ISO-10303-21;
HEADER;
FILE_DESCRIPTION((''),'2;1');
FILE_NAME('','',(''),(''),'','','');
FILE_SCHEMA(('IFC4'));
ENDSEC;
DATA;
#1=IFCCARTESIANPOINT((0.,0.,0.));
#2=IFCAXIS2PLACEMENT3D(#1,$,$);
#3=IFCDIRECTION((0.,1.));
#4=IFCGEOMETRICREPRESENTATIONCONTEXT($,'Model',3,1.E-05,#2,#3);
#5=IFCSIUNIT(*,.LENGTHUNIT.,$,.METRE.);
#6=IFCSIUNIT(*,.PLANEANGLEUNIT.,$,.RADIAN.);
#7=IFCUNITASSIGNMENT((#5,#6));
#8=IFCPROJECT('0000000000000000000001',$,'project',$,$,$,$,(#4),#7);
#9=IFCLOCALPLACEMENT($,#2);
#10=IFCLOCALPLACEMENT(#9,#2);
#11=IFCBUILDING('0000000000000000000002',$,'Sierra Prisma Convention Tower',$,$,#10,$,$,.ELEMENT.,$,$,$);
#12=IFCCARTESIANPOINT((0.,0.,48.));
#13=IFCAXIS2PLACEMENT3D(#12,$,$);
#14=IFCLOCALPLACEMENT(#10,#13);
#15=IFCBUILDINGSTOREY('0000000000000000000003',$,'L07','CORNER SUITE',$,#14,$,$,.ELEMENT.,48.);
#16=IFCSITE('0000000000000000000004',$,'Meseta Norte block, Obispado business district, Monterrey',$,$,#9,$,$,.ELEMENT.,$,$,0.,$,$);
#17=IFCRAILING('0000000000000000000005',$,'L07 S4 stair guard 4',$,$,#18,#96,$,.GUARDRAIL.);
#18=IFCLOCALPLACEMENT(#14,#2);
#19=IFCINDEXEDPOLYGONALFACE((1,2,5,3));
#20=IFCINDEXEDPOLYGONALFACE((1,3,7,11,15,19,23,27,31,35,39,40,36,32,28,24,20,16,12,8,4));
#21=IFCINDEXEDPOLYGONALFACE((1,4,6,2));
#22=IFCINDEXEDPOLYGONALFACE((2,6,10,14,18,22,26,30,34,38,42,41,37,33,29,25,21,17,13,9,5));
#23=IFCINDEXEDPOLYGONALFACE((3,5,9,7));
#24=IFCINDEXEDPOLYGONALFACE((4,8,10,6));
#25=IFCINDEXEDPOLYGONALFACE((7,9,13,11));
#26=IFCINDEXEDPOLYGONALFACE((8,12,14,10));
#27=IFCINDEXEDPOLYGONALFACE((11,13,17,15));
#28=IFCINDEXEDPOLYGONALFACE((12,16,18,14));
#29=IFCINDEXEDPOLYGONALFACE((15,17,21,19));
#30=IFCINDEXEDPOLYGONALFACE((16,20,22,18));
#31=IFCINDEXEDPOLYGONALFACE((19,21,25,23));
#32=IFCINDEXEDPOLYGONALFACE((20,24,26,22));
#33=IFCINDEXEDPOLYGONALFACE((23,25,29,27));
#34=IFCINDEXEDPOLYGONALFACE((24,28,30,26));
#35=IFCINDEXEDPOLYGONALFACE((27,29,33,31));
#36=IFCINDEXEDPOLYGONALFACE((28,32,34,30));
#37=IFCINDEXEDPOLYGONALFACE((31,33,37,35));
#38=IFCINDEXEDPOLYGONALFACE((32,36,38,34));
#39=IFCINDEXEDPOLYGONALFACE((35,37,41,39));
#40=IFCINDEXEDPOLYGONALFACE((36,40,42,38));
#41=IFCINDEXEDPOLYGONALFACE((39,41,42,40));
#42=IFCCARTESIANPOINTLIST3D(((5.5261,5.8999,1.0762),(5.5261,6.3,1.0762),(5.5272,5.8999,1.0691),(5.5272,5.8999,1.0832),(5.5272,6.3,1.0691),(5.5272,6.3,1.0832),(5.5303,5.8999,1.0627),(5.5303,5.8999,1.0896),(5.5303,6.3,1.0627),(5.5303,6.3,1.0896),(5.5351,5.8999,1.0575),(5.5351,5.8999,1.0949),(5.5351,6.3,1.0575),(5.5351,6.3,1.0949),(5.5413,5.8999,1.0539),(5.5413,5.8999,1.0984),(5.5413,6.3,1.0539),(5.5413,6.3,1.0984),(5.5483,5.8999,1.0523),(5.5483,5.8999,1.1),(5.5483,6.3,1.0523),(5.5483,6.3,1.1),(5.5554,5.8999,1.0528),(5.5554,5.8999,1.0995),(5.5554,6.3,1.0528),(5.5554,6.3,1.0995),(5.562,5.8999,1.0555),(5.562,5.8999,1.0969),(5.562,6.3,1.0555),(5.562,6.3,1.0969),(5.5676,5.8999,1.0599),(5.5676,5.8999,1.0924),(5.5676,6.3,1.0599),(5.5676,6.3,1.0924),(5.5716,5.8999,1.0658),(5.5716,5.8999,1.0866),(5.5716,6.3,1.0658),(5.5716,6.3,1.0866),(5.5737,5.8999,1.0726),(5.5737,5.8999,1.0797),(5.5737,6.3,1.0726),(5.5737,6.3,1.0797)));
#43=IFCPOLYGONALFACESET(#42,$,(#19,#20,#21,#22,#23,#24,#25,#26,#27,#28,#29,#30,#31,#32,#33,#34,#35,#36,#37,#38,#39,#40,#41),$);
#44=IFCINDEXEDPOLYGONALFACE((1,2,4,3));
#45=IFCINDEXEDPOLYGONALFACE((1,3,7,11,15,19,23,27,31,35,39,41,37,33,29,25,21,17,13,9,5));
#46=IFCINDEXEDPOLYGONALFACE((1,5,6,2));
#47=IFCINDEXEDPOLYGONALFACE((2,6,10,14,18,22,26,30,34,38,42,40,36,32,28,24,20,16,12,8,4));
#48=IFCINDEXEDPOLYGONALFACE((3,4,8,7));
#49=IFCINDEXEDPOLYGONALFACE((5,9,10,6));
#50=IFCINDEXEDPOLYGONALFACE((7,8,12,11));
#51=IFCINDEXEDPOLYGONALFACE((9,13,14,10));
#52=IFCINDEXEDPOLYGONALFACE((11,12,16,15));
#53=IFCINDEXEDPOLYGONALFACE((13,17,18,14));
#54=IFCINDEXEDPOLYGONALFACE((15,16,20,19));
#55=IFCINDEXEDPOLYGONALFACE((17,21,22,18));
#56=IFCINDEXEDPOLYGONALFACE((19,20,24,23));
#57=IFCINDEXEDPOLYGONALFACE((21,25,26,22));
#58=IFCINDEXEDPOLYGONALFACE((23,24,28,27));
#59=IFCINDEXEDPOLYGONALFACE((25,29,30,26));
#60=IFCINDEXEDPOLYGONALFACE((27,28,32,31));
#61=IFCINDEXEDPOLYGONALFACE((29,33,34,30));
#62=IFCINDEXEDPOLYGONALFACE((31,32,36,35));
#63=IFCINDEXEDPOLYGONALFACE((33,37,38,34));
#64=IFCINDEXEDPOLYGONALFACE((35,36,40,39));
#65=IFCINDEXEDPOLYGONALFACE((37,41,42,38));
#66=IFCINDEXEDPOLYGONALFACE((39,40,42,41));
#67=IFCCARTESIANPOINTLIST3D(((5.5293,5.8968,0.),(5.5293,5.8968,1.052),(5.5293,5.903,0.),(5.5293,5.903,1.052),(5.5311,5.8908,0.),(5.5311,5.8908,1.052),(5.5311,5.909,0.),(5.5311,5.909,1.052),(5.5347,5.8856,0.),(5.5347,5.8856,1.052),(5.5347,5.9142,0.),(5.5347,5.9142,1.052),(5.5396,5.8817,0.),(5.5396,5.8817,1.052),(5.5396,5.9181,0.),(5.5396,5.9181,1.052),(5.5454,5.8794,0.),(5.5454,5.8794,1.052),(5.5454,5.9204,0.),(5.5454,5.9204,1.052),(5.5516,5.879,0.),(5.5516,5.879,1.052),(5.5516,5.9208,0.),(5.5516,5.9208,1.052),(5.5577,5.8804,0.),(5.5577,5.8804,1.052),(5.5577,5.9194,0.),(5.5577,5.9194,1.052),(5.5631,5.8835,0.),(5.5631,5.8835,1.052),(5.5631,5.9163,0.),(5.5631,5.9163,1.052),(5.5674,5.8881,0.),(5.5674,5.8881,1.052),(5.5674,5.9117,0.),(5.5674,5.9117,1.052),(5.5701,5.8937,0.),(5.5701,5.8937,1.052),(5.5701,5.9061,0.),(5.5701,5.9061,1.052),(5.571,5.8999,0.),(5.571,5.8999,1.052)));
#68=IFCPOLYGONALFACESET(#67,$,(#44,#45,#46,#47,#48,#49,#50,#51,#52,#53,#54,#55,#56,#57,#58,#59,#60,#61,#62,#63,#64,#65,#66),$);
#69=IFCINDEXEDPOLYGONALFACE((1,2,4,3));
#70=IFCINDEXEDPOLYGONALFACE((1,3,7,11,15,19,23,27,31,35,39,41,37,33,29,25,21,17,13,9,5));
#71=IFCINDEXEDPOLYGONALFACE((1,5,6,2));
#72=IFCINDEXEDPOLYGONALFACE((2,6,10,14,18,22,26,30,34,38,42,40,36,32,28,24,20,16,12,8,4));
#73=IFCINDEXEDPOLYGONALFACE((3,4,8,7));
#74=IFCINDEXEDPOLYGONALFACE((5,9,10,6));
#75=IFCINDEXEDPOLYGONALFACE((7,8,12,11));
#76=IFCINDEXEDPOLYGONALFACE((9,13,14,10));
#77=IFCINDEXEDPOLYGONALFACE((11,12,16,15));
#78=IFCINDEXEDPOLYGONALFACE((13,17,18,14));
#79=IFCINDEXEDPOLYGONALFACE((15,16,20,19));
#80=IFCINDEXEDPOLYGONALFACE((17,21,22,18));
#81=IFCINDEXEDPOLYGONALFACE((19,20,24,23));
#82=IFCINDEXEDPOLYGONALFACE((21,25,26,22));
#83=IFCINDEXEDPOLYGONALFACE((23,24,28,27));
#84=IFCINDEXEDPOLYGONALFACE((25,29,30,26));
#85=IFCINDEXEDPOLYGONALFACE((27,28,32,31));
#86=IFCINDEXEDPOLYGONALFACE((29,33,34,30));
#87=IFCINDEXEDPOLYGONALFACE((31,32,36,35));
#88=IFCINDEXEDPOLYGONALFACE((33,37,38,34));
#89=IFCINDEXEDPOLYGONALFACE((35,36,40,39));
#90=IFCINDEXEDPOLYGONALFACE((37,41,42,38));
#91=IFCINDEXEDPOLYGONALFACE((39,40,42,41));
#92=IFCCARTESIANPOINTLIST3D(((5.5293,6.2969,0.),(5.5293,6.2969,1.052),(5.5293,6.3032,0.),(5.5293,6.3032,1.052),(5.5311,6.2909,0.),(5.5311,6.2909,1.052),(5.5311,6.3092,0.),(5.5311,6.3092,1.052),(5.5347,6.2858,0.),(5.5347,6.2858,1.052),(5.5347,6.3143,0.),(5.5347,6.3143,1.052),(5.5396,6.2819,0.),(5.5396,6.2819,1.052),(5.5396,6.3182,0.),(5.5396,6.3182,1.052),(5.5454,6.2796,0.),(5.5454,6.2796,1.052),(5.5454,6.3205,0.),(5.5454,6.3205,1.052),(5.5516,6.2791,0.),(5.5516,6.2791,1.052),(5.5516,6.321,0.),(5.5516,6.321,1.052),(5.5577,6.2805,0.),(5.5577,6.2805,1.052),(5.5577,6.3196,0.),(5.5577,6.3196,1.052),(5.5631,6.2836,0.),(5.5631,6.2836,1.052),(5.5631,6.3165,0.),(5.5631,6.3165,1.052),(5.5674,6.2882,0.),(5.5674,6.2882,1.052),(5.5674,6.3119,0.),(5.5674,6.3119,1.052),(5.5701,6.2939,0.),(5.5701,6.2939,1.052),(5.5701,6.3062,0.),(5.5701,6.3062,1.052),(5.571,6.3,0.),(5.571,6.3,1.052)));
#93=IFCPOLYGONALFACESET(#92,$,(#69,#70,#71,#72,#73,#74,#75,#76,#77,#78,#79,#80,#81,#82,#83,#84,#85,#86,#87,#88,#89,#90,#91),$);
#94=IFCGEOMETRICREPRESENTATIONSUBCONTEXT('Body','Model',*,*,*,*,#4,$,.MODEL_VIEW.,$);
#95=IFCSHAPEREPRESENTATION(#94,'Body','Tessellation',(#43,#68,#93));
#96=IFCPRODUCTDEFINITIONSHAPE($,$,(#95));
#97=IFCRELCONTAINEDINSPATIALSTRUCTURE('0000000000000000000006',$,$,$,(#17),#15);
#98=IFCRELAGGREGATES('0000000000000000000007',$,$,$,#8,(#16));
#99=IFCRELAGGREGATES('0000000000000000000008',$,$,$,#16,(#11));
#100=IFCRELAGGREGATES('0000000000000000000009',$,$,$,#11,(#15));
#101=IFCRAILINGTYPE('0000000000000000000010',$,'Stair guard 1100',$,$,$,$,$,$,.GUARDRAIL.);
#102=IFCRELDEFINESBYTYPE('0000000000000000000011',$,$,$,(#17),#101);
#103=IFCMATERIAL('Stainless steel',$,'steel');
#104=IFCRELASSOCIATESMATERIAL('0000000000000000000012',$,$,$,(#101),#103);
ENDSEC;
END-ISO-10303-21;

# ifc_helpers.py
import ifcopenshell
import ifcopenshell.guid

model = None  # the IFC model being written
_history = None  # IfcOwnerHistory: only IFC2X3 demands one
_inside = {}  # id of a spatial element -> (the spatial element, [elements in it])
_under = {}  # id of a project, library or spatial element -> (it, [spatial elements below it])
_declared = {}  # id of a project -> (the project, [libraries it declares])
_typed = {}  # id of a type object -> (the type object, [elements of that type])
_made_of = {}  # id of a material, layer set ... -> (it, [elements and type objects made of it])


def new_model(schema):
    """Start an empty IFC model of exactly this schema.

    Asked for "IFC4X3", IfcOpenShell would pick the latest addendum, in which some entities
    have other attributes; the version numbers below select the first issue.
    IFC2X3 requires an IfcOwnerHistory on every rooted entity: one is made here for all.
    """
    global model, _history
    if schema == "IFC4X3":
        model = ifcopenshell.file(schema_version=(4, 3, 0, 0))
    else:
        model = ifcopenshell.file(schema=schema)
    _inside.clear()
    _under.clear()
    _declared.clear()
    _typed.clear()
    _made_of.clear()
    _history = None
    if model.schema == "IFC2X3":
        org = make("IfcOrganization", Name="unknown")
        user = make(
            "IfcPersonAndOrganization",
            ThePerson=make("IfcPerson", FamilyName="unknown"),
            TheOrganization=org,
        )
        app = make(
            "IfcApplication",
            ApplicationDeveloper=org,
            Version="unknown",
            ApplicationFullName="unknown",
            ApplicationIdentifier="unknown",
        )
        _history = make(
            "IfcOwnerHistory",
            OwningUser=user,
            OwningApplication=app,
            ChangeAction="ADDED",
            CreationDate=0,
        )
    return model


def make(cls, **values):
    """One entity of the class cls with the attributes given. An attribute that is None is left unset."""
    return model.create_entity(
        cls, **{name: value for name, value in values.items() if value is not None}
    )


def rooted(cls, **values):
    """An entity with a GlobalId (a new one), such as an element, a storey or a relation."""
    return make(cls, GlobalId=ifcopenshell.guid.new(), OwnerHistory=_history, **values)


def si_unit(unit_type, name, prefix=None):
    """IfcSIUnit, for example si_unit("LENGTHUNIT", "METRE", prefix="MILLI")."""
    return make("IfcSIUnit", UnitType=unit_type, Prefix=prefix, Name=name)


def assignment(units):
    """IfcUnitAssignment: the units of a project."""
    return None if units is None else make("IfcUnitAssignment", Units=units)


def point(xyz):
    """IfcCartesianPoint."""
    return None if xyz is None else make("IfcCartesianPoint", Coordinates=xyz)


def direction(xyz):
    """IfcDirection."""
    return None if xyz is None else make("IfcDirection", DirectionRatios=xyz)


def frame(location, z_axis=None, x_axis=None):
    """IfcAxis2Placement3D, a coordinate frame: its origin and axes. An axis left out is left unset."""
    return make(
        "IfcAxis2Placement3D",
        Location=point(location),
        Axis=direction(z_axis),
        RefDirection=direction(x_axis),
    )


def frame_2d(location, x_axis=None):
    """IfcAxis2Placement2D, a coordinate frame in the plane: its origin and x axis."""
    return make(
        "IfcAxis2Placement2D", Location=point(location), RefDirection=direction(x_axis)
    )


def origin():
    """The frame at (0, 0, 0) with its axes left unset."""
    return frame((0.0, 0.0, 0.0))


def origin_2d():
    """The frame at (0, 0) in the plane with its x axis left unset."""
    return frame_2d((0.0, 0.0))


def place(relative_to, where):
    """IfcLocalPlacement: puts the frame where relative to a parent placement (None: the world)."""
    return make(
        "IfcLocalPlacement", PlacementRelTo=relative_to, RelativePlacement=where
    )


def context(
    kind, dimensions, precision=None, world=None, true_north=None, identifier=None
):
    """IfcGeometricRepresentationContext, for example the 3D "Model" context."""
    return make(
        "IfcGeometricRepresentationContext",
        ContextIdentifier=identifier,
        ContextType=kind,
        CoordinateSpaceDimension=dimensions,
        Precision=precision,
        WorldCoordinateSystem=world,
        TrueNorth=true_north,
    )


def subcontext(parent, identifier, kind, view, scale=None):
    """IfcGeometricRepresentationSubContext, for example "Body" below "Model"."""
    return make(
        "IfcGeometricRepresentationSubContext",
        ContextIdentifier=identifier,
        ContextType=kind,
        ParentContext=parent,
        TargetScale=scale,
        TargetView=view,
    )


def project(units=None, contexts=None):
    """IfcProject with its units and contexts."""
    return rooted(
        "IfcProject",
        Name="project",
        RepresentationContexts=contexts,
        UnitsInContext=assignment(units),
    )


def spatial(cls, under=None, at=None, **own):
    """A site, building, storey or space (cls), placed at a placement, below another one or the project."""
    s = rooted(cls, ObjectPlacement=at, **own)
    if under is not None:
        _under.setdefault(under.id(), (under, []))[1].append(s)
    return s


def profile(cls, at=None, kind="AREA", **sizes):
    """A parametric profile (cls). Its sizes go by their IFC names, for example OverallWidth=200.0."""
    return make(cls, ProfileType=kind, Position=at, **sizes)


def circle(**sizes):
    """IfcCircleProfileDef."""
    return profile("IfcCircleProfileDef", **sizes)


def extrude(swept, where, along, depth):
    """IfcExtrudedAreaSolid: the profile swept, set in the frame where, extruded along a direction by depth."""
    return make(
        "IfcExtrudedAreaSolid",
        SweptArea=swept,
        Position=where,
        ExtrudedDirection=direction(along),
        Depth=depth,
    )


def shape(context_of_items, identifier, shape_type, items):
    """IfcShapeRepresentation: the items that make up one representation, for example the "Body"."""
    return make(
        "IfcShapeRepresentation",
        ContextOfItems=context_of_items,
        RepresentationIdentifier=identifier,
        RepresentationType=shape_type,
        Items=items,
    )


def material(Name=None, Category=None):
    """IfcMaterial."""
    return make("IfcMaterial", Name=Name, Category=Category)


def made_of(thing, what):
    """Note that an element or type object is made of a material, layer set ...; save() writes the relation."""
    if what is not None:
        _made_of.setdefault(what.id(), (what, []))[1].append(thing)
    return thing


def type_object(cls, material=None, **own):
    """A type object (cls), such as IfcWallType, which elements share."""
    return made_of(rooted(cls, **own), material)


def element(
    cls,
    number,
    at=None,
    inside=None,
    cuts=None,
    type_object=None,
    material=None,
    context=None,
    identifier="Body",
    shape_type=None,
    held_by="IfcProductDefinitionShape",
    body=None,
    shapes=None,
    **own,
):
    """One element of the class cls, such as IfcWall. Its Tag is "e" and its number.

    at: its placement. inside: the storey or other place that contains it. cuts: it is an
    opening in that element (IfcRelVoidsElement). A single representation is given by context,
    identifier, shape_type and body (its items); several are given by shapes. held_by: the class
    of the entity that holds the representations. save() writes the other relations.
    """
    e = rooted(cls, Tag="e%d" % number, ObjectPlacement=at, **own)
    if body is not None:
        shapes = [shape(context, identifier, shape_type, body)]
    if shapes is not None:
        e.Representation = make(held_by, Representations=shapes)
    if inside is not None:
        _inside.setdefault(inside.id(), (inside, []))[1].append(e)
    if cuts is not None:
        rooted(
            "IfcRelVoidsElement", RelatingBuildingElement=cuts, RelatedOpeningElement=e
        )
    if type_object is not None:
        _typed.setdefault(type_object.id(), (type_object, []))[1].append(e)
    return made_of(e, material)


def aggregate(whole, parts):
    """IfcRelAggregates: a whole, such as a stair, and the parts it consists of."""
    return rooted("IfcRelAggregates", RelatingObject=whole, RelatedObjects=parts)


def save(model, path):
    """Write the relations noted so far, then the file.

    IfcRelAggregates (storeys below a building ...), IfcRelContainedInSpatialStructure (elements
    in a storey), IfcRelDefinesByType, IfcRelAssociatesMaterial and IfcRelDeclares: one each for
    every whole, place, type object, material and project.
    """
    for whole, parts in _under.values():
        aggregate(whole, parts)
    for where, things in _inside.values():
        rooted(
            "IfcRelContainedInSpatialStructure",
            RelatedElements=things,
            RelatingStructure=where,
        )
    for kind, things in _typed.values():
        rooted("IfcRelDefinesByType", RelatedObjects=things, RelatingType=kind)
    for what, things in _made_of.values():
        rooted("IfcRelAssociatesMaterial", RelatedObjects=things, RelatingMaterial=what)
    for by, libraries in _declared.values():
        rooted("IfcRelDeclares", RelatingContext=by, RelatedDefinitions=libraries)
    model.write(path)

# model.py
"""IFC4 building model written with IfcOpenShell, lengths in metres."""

from ifc_helpers import new_model, si_unit, direction, frame, origin, origin_2d, place, context, subcontext, project, spatial, circle, extrude, material, type_object, element, save


model = new_model("IFC4")

# Units and contexts
model_context = context("Model", 3, precision=1e-05, world=origin(), true_north=direction((0.0, 1.0)))
body_context = subcontext(model_context, "Body", "Model", "MODEL_VIEW")
ifc_project = project(units=[si_unit("LENGTHUNIT", "METRE"), si_unit("PLANEANGLEUNIT", "RADIAN")], contexts=[model_context])

# Site, building, storey
site_placement = place(None, origin())
site = spatial("IfcSite", under=ifc_project, at=site_placement, Name="Meseta Norte block, Obispado business district, Monterrey", CompositionType="ELEMENT", RefElevation=0.0)
building_placement = place(site_placement, origin())
building = spatial("IfcBuilding", under=site, at=building_placement, Name="Sierra Prisma Convention Tower", CompositionType="ELEMENT")
storey_placement = place(building_placement, frame((0.0, 0.0, 48.0)))
storey = spatial("IfcBuildingStorey", under=building, at=storey_placement, Name="L07", Description="CORNER SUITE", CompositionType="ELEMENT", Elevation=48.0)

# Railing
ifc_material_1 = material(Name="Stainless steel", Category="steel")
railing_type_1 = type_object("IfcRailingType", Name="Stair guard 1100", PredefinedType="GUARDRAIL", material=ifc_material_1)
railing_1_placement = place(storey_placement, frame((5.55, 5.8999, 0.0)))
element("IfcRailing", 1, at=railing_1_placement, inside=storey, type_object=railing_type_1, Name="L07 S4 stair guard 4", PredefinedType="GUARDRAIL", context=body_context, shape_type="SweptSolid", body=[
    extrude(circle(Radius=0.0239, at=origin_2d()), frame((0.0, 0.0, 1.0762), z_axis=(0.0, 1.0, 0.0), x_axis=(-1.0, 0.0, 0.0)), (0.0, 0.0, 1.0), 0.4001),
    extrude(circle(Radius=0.021, at=origin_2d()), origin(), (0.0, 0.0, 1.0), 1.052),
    extrude(circle(Radius=0.021, at=origin_2d()), frame((0.0, 0.4001, 0.0)), (0.0, 0.0, 1.0), 1.052),
])

save(model, "model.ifc")
